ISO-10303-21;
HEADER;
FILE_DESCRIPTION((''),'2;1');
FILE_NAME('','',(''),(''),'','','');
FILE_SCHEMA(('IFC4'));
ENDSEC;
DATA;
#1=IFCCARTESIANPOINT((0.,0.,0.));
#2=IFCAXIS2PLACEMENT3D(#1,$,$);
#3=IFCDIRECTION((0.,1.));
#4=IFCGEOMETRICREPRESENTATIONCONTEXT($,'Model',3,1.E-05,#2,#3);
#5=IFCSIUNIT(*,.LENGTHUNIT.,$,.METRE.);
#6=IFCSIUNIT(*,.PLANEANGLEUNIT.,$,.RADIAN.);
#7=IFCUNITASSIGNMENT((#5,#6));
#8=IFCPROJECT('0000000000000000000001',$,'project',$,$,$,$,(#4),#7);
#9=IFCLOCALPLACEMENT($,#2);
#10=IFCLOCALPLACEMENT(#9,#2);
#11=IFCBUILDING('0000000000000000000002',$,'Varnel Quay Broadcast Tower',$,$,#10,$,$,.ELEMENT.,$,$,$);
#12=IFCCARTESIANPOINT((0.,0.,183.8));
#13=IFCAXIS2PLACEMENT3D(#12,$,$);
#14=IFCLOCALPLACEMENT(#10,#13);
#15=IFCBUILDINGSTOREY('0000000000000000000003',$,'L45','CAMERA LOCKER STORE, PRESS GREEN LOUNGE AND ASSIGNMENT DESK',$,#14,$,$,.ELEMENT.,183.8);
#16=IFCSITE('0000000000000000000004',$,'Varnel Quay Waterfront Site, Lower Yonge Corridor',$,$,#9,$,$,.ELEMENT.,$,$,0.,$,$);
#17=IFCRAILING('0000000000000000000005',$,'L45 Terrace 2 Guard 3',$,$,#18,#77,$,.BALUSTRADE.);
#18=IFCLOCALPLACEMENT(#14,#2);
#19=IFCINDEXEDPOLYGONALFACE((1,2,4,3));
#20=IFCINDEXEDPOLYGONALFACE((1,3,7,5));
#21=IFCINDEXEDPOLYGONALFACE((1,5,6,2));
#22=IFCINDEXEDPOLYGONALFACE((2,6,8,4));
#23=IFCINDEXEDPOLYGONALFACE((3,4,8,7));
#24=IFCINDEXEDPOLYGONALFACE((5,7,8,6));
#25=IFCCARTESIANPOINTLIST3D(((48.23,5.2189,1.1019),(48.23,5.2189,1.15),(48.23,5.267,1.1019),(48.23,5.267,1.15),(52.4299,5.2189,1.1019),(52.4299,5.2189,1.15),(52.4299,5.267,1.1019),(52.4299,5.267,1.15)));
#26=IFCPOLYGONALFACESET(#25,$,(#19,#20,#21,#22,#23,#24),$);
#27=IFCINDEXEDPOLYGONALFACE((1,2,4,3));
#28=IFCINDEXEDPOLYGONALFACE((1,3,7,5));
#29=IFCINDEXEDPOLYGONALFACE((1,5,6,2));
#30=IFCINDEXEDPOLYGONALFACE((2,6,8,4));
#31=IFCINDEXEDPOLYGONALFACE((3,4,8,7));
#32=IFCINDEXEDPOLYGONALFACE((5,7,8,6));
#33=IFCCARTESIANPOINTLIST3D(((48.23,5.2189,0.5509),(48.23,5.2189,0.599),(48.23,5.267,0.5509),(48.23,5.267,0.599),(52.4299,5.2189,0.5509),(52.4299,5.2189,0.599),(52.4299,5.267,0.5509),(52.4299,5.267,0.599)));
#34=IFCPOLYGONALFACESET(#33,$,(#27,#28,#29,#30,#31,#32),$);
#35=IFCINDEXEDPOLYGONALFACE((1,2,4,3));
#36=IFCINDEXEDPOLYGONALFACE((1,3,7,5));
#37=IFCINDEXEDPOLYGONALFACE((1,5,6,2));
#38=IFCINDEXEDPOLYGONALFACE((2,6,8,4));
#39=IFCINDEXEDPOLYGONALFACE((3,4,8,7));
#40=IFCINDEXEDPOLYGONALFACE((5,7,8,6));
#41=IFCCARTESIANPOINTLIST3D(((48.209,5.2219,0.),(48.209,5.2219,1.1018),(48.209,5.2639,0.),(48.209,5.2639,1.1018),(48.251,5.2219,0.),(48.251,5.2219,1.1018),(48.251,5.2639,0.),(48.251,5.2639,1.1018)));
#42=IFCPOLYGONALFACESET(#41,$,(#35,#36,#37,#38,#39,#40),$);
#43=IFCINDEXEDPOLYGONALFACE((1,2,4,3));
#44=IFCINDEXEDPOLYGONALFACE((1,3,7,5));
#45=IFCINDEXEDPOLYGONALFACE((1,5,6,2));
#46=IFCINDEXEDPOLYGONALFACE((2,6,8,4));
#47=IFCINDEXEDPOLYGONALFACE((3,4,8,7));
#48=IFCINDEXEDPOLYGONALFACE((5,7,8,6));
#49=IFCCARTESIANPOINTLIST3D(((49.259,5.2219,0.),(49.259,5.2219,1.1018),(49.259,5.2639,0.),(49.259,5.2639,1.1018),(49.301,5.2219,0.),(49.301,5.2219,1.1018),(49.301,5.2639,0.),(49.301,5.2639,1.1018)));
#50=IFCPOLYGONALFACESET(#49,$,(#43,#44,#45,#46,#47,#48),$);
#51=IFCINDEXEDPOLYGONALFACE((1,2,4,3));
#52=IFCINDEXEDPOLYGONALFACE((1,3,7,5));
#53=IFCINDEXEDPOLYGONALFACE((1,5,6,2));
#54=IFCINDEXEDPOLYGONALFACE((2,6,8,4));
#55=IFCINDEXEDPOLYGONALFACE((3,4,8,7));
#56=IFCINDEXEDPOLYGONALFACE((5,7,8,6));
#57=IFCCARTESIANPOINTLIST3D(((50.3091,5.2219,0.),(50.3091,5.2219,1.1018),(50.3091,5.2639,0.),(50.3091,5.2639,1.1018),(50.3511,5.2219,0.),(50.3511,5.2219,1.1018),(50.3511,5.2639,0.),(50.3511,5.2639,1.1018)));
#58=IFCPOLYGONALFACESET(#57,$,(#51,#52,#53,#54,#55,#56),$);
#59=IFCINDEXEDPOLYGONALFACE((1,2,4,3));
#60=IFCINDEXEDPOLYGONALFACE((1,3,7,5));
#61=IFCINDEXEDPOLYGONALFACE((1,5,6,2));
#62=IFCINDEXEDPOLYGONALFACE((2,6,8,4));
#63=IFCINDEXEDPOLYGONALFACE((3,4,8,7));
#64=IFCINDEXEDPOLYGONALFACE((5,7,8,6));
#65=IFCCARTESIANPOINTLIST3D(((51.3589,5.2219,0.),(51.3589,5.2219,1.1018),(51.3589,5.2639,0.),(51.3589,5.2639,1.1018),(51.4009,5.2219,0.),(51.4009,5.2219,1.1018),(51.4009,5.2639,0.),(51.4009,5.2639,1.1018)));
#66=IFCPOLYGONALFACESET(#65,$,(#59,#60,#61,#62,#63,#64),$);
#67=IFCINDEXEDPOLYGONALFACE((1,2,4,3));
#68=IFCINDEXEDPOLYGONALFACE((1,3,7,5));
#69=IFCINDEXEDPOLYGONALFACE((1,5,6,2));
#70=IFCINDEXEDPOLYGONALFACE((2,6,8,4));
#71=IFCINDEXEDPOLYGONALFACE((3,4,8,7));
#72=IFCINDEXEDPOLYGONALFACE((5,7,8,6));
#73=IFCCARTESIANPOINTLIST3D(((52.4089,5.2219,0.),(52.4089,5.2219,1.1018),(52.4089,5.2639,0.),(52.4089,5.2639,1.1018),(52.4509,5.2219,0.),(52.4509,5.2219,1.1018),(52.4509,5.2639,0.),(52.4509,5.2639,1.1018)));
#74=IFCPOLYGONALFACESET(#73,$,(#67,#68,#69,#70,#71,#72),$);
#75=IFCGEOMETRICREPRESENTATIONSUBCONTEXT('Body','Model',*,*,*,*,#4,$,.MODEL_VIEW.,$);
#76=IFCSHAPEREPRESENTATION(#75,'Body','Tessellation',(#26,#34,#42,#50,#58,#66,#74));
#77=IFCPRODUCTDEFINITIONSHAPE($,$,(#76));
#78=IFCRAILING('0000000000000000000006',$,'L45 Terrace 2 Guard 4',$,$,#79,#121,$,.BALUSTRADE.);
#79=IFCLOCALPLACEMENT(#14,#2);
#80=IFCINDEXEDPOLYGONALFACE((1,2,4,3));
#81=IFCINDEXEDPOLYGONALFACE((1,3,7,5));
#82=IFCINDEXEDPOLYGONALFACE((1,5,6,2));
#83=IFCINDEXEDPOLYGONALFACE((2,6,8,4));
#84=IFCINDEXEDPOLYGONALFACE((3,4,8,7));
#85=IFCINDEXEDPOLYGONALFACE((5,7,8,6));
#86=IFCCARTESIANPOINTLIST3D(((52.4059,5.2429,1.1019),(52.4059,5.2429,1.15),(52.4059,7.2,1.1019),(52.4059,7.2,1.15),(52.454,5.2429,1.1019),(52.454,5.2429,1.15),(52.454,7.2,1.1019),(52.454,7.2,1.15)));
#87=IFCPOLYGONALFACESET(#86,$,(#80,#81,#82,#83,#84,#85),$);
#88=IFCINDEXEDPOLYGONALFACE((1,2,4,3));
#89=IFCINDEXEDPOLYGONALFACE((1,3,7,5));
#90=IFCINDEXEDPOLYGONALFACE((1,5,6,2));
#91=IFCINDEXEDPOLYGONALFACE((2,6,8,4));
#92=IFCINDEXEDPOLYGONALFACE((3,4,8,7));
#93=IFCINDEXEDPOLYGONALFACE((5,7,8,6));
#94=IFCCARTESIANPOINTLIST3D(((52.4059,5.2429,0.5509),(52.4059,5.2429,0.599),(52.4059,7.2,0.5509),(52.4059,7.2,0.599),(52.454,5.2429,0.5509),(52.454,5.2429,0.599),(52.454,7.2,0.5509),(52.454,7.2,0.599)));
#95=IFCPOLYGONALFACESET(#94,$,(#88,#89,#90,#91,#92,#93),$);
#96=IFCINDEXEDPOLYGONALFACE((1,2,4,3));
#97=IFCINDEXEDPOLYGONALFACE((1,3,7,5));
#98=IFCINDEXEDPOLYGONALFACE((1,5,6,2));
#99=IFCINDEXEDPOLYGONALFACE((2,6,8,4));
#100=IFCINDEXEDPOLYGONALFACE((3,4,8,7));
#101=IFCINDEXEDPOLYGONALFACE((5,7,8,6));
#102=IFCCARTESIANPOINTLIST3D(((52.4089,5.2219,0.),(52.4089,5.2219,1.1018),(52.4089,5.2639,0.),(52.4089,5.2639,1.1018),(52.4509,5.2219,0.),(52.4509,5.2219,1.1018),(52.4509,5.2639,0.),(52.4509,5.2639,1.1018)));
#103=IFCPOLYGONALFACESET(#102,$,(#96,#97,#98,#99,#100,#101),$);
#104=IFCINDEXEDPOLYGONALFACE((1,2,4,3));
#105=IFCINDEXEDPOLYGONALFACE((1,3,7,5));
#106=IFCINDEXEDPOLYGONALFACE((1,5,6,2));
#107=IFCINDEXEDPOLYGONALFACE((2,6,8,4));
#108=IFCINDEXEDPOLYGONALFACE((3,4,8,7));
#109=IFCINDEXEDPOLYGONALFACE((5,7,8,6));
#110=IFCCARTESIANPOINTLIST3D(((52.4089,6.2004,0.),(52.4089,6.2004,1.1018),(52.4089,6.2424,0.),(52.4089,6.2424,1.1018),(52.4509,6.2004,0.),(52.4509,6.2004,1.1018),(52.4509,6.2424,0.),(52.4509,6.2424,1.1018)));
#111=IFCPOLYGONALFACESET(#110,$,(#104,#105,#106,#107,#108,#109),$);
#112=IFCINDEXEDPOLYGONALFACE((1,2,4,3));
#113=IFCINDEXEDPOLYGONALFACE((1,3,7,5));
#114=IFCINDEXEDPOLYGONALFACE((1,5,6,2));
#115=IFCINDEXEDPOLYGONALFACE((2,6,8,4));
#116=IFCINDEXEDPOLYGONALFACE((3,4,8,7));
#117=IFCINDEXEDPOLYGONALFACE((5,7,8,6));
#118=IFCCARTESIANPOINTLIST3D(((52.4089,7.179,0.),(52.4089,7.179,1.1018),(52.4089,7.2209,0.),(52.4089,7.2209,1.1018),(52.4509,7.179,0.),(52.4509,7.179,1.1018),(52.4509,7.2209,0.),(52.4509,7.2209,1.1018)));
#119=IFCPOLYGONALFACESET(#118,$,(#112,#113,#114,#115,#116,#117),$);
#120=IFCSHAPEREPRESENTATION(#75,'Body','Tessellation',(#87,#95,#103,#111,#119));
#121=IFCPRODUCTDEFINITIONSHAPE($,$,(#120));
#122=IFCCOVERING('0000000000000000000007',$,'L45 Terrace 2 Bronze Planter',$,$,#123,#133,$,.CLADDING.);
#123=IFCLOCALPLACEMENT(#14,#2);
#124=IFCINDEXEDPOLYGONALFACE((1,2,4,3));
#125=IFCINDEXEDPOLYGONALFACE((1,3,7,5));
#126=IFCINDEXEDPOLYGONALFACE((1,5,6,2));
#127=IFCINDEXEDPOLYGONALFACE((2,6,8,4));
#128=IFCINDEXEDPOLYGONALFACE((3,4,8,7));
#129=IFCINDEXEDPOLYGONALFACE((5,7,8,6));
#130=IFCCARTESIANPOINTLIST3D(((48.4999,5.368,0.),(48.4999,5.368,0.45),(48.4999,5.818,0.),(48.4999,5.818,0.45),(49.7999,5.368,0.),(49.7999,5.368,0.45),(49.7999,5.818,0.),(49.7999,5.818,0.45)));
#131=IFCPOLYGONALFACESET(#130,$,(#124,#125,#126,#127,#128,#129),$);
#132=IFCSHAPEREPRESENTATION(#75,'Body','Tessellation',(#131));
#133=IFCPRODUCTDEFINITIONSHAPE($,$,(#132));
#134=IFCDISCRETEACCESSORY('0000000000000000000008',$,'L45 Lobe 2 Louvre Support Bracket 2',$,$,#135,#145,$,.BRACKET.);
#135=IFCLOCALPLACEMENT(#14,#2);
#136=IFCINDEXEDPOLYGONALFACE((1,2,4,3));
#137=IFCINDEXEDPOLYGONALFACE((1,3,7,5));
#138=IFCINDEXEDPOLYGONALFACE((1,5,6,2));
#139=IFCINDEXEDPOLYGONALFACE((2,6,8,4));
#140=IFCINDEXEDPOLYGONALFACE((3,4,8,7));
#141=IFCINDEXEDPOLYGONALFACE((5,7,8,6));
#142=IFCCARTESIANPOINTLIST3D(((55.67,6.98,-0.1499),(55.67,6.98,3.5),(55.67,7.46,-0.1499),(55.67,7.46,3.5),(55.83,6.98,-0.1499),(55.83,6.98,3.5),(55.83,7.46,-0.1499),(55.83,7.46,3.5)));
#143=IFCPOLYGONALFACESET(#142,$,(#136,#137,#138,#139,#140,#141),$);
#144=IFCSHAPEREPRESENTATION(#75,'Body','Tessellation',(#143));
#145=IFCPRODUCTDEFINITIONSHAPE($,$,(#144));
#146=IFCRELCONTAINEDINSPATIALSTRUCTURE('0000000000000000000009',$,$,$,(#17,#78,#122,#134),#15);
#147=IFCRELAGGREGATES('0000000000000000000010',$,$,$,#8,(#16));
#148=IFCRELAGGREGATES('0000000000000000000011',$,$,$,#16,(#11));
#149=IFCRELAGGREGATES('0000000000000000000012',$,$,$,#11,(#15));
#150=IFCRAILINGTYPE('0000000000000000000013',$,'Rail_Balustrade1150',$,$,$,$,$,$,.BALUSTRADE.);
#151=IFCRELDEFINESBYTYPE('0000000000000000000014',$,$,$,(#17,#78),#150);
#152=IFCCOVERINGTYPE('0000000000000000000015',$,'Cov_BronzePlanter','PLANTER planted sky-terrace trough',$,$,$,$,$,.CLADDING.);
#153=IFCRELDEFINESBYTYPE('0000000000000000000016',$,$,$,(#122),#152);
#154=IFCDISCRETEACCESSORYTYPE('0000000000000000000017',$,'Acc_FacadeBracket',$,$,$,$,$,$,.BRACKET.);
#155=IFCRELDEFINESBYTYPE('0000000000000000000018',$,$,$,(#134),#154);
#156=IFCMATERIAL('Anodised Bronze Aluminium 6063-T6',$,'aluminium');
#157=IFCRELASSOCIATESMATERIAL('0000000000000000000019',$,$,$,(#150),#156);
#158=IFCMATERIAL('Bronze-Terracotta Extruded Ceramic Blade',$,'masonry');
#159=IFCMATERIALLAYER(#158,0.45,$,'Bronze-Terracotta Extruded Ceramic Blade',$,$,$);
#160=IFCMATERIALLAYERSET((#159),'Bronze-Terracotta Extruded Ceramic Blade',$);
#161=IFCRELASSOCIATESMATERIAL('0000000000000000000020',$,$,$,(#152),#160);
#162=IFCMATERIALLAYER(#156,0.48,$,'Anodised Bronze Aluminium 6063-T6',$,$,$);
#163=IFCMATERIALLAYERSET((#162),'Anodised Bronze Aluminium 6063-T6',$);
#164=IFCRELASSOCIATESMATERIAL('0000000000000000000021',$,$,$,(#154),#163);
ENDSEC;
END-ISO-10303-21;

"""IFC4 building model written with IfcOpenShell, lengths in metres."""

from ifc_helpers import new_model, si_unit, direction, frame, origin, origin_2d, place, context, subcontext, project, spatial, rectangle, extrude, source, transform, mapped, material, layer, layer_set, type_object, type_shapes, element, save


model = new_model("IFC4")

# Units and contexts
model_context = context("Model", 3, precision=1e-05, world=origin(), true_north=direction((0.0, 1.0)))
body_context = subcontext(model_context, "Body", "Model", "MODEL_VIEW")
ifc_project = project(units=[si_unit("LENGTHUNIT", "METRE"), si_unit("PLANEANGLEUNIT", "RADIAN")], contexts=[model_context])

# Site, building, storey
site_placement = place(None, origin())
site = spatial("IfcSite", under=ifc_project, at=site_placement, Name="Varnel Quay Waterfront Site, Lower Yonge Corridor", CompositionType="ELEMENT", RefElevation=0.0)
building_placement = place(site_placement, origin())
building = spatial("IfcBuilding", under=site, at=building_placement, Name="Varnel Quay Broadcast Tower", CompositionType="ELEMENT")
storey_placement = place(building_placement, frame((0.0, 0.0, 183.8)))
storey = spatial("IfcBuildingStorey", under=building, at=storey_placement, Name="L45", Description="CAMERA LOCKER STORE, PRESS GREEN LOUNGE AND ASSIGNMENT DESK", CompositionType="ELEMENT", Elevation=183.8)

# Shared definitions
ifc_material_1 = material(Name="Anodised Bronze Aluminium 6063-T6", Category="aluminium")

# Railings
railing_type = type_object("IfcRailingType", Name="Rail_Balustrade1150", PredefinedType="BALUSTRADE", material=ifc_material_1)
railing_1_placement = place(storey_placement, frame((48.23, 5.2429, 0.0)))
element("IfcRailing", 1, at=railing_1_placement, inside=storey, type_object=railing_type, Name="L45 Terrace 2 Guard 3", PredefinedType="BALUSTRADE", context=body_context, shape_type="SweptSolid", body=[
    extrude(rectangle(XDim=0.0481, YDim=0.0481, at=origin_2d()), frame((0.0, 0.0, 1.126), z_axis=(1.0, 0.0, 0.0), x_axis=(0.0, 1.0, 0.0)), (0.0, 0.0, 1.0), 4.2),
    extrude(rectangle(XDim=0.0481, YDim=0.0481, at=origin_2d()), frame((0.0, 0.0, 0.575), z_axis=(1.0, 0.0, 0.0), x_axis=(0.0, 1.0, 0.0)), (0.0, 0.0, 1.0), 4.2),
    extrude(rectangle(XDim=0.042, YDim=0.042, at=origin_2d()), origin(), (0.0, 0.0, 1.0), 1.1018),
    extrude(rectangle(XDim=0.042, YDim=0.042, at=origin_2d()), frame((1.05, 0.0, 0.0)), (0.0, 0.0, 1.0), 1.1018),
    extrude(rectangle(XDim=0.042, YDim=0.042, at=origin_2d()), frame((2.1001, 0.0, 0.0)), (0.0, 0.0, 1.0), 1.1018),
    extrude(rectangle(XDim=0.042, YDim=0.042, at=origin_2d()), frame((3.1499, 0.0, 0.0)), (0.0, 0.0, 1.0), 1.1018),
    extrude(rectangle(XDim=0.042, YDim=0.042, at=origin_2d()), frame((4.2, 0.0, 0.0)), (0.0, 0.0, 1.0), 1.1018),
])
railing_2_placement = place(storey_placement, frame((52.4299, 5.2429, 0.0)))
element("IfcRailing", 2, at=railing_2_placement, inside=storey, type_object=railing_type, Name="L45 Terrace 2 Guard 4", PredefinedType="BALUSTRADE", context=body_context, shape_type="SweptSolid", body=[
    extrude(rectangle(XDim=0.0481, YDim=0.0481, at=origin_2d()), frame((0.0, 0.0, 1.126), z_axis=(0.0, 1.0, 0.0), x_axis=(-1.0, 0.0, 0.0)), (0.0, 0.0, 1.0), 1.957),
    extrude(rectangle(XDim=0.0481, YDim=0.0481, at=origin_2d()), frame((0.0, 0.0, 0.575), z_axis=(0.0, 1.0, 0.0), x_axis=(-1.0, 0.0, 0.0)), (0.0, 0.0, 1.0), 1.957),
    extrude(rectangle(XDim=0.042, YDim=0.042, at=origin_2d()), origin(), (0.0, 0.0, 1.0), 1.1018),
    extrude(rectangle(XDim=0.042, YDim=0.042, at=origin_2d()), frame((0.0, 0.9785, 0.0)), (0.0, 0.0, 1.0), 1.1018),
    extrude(rectangle(XDim=0.042, YDim=0.042, at=origin_2d()), frame((0.0, 1.957, 0.0)), (0.0, 0.0, 1.0), 1.1018),
])

# Covering
ifc_material_2 = material(Name="Bronze-Terracotta Extruded Ceramic Blade", Category="masonry")
ifc_layer_1 = layer(ifc_material_2, 0.45, Name="Bronze-Terracotta Extruded Ceramic Blade")
ifc_layer_set_1 = layer_set([ifc_layer_1], Name="Bronze-Terracotta Extruded Ceramic Blade")
covering_type = type_object("IfcCoveringType", Name="Cov_BronzePlanter", Description="PLANTER planted sky-terrace trough", PredefinedType="CLADDING", material=ifc_layer_set_1)
shared_shape_1 = source(origin(), body_context, "Body", "SweptSolid", [
    extrude(rectangle(XDim=1.3, YDim=0.45, at=origin_2d()), origin(), (0.0, 0.0, 1.0), 0.45),
])
type_shapes(covering_type, [shared_shape_1])
covering_placement = place(storey_placement, frame((49.1499, 5.593, 0.0), z_axis=(0.0, 0.0, 1.0), x_axis=(1.0, 0.0, 0.0)))
element("IfcCovering", 3, at=covering_placement, inside=storey, type_object=covering_type, Name="L45 Terrace 2 Bronze Planter", PredefinedType="CLADDING", context=body_context, shape_type="MappedRepresentation", body=[
    mapped(shared_shape_1, transform((0.0, 0.0, 0.0), x_axis=(1.0, 0.0, 0.0), y_axis=(0.0, 1.0, 0.0), z_axis=(0.0, 0.0, 1.0), scale=1.0)),
])

# Discrete accessory
ifc_layer_2 = layer(ifc_material_1, 0.48, Name="Anodised Bronze Aluminium 6063-T6")
ifc_layer_set_2 = layer_set([ifc_layer_2], Name="Anodised Bronze Aluminium 6063-T6")
discrete_accessory_type = type_object("IfcDiscreteAccessoryType", Name="Acc_FacadeBracket", PredefinedType="BRACKET", material=ifc_layer_set_2)
shared_shape_2 = source(origin(), body_context, "Body", "SweptSolid", [
    extrude(rectangle(XDim=0.1599, YDim=0.48, at=origin_2d()), origin(), (0.0, 0.0, 1.0), 3.6499),
])
type_shapes(discrete_accessory_type, [shared_shape_2])
discrete_accessory_placement = place(storey_placement, frame((55.75, 7.22, -0.1499), z_axis=(0.0, 0.0, 1.0), x_axis=(1.0, 0.0, 0.0)))
element("IfcDiscreteAccessory", 4, at=discrete_accessory_placement, inside=storey, type_object=discrete_accessory_type, Name="L45 Lobe 2 Louvre Support Bracket 2", PredefinedType="BRACKET", context=body_context, shape_type="MappedRepresentation", body=[
    mapped(shared_shape_2, transform((0.0, 0.0, 0.0), x_axis=(1.0, 0.0, 0.0), y_axis=(0.0, 1.0, 0.0), z_axis=(0.0, 0.0, 1.0), scale=1.0)),
])

save(model, "model.ifc")
